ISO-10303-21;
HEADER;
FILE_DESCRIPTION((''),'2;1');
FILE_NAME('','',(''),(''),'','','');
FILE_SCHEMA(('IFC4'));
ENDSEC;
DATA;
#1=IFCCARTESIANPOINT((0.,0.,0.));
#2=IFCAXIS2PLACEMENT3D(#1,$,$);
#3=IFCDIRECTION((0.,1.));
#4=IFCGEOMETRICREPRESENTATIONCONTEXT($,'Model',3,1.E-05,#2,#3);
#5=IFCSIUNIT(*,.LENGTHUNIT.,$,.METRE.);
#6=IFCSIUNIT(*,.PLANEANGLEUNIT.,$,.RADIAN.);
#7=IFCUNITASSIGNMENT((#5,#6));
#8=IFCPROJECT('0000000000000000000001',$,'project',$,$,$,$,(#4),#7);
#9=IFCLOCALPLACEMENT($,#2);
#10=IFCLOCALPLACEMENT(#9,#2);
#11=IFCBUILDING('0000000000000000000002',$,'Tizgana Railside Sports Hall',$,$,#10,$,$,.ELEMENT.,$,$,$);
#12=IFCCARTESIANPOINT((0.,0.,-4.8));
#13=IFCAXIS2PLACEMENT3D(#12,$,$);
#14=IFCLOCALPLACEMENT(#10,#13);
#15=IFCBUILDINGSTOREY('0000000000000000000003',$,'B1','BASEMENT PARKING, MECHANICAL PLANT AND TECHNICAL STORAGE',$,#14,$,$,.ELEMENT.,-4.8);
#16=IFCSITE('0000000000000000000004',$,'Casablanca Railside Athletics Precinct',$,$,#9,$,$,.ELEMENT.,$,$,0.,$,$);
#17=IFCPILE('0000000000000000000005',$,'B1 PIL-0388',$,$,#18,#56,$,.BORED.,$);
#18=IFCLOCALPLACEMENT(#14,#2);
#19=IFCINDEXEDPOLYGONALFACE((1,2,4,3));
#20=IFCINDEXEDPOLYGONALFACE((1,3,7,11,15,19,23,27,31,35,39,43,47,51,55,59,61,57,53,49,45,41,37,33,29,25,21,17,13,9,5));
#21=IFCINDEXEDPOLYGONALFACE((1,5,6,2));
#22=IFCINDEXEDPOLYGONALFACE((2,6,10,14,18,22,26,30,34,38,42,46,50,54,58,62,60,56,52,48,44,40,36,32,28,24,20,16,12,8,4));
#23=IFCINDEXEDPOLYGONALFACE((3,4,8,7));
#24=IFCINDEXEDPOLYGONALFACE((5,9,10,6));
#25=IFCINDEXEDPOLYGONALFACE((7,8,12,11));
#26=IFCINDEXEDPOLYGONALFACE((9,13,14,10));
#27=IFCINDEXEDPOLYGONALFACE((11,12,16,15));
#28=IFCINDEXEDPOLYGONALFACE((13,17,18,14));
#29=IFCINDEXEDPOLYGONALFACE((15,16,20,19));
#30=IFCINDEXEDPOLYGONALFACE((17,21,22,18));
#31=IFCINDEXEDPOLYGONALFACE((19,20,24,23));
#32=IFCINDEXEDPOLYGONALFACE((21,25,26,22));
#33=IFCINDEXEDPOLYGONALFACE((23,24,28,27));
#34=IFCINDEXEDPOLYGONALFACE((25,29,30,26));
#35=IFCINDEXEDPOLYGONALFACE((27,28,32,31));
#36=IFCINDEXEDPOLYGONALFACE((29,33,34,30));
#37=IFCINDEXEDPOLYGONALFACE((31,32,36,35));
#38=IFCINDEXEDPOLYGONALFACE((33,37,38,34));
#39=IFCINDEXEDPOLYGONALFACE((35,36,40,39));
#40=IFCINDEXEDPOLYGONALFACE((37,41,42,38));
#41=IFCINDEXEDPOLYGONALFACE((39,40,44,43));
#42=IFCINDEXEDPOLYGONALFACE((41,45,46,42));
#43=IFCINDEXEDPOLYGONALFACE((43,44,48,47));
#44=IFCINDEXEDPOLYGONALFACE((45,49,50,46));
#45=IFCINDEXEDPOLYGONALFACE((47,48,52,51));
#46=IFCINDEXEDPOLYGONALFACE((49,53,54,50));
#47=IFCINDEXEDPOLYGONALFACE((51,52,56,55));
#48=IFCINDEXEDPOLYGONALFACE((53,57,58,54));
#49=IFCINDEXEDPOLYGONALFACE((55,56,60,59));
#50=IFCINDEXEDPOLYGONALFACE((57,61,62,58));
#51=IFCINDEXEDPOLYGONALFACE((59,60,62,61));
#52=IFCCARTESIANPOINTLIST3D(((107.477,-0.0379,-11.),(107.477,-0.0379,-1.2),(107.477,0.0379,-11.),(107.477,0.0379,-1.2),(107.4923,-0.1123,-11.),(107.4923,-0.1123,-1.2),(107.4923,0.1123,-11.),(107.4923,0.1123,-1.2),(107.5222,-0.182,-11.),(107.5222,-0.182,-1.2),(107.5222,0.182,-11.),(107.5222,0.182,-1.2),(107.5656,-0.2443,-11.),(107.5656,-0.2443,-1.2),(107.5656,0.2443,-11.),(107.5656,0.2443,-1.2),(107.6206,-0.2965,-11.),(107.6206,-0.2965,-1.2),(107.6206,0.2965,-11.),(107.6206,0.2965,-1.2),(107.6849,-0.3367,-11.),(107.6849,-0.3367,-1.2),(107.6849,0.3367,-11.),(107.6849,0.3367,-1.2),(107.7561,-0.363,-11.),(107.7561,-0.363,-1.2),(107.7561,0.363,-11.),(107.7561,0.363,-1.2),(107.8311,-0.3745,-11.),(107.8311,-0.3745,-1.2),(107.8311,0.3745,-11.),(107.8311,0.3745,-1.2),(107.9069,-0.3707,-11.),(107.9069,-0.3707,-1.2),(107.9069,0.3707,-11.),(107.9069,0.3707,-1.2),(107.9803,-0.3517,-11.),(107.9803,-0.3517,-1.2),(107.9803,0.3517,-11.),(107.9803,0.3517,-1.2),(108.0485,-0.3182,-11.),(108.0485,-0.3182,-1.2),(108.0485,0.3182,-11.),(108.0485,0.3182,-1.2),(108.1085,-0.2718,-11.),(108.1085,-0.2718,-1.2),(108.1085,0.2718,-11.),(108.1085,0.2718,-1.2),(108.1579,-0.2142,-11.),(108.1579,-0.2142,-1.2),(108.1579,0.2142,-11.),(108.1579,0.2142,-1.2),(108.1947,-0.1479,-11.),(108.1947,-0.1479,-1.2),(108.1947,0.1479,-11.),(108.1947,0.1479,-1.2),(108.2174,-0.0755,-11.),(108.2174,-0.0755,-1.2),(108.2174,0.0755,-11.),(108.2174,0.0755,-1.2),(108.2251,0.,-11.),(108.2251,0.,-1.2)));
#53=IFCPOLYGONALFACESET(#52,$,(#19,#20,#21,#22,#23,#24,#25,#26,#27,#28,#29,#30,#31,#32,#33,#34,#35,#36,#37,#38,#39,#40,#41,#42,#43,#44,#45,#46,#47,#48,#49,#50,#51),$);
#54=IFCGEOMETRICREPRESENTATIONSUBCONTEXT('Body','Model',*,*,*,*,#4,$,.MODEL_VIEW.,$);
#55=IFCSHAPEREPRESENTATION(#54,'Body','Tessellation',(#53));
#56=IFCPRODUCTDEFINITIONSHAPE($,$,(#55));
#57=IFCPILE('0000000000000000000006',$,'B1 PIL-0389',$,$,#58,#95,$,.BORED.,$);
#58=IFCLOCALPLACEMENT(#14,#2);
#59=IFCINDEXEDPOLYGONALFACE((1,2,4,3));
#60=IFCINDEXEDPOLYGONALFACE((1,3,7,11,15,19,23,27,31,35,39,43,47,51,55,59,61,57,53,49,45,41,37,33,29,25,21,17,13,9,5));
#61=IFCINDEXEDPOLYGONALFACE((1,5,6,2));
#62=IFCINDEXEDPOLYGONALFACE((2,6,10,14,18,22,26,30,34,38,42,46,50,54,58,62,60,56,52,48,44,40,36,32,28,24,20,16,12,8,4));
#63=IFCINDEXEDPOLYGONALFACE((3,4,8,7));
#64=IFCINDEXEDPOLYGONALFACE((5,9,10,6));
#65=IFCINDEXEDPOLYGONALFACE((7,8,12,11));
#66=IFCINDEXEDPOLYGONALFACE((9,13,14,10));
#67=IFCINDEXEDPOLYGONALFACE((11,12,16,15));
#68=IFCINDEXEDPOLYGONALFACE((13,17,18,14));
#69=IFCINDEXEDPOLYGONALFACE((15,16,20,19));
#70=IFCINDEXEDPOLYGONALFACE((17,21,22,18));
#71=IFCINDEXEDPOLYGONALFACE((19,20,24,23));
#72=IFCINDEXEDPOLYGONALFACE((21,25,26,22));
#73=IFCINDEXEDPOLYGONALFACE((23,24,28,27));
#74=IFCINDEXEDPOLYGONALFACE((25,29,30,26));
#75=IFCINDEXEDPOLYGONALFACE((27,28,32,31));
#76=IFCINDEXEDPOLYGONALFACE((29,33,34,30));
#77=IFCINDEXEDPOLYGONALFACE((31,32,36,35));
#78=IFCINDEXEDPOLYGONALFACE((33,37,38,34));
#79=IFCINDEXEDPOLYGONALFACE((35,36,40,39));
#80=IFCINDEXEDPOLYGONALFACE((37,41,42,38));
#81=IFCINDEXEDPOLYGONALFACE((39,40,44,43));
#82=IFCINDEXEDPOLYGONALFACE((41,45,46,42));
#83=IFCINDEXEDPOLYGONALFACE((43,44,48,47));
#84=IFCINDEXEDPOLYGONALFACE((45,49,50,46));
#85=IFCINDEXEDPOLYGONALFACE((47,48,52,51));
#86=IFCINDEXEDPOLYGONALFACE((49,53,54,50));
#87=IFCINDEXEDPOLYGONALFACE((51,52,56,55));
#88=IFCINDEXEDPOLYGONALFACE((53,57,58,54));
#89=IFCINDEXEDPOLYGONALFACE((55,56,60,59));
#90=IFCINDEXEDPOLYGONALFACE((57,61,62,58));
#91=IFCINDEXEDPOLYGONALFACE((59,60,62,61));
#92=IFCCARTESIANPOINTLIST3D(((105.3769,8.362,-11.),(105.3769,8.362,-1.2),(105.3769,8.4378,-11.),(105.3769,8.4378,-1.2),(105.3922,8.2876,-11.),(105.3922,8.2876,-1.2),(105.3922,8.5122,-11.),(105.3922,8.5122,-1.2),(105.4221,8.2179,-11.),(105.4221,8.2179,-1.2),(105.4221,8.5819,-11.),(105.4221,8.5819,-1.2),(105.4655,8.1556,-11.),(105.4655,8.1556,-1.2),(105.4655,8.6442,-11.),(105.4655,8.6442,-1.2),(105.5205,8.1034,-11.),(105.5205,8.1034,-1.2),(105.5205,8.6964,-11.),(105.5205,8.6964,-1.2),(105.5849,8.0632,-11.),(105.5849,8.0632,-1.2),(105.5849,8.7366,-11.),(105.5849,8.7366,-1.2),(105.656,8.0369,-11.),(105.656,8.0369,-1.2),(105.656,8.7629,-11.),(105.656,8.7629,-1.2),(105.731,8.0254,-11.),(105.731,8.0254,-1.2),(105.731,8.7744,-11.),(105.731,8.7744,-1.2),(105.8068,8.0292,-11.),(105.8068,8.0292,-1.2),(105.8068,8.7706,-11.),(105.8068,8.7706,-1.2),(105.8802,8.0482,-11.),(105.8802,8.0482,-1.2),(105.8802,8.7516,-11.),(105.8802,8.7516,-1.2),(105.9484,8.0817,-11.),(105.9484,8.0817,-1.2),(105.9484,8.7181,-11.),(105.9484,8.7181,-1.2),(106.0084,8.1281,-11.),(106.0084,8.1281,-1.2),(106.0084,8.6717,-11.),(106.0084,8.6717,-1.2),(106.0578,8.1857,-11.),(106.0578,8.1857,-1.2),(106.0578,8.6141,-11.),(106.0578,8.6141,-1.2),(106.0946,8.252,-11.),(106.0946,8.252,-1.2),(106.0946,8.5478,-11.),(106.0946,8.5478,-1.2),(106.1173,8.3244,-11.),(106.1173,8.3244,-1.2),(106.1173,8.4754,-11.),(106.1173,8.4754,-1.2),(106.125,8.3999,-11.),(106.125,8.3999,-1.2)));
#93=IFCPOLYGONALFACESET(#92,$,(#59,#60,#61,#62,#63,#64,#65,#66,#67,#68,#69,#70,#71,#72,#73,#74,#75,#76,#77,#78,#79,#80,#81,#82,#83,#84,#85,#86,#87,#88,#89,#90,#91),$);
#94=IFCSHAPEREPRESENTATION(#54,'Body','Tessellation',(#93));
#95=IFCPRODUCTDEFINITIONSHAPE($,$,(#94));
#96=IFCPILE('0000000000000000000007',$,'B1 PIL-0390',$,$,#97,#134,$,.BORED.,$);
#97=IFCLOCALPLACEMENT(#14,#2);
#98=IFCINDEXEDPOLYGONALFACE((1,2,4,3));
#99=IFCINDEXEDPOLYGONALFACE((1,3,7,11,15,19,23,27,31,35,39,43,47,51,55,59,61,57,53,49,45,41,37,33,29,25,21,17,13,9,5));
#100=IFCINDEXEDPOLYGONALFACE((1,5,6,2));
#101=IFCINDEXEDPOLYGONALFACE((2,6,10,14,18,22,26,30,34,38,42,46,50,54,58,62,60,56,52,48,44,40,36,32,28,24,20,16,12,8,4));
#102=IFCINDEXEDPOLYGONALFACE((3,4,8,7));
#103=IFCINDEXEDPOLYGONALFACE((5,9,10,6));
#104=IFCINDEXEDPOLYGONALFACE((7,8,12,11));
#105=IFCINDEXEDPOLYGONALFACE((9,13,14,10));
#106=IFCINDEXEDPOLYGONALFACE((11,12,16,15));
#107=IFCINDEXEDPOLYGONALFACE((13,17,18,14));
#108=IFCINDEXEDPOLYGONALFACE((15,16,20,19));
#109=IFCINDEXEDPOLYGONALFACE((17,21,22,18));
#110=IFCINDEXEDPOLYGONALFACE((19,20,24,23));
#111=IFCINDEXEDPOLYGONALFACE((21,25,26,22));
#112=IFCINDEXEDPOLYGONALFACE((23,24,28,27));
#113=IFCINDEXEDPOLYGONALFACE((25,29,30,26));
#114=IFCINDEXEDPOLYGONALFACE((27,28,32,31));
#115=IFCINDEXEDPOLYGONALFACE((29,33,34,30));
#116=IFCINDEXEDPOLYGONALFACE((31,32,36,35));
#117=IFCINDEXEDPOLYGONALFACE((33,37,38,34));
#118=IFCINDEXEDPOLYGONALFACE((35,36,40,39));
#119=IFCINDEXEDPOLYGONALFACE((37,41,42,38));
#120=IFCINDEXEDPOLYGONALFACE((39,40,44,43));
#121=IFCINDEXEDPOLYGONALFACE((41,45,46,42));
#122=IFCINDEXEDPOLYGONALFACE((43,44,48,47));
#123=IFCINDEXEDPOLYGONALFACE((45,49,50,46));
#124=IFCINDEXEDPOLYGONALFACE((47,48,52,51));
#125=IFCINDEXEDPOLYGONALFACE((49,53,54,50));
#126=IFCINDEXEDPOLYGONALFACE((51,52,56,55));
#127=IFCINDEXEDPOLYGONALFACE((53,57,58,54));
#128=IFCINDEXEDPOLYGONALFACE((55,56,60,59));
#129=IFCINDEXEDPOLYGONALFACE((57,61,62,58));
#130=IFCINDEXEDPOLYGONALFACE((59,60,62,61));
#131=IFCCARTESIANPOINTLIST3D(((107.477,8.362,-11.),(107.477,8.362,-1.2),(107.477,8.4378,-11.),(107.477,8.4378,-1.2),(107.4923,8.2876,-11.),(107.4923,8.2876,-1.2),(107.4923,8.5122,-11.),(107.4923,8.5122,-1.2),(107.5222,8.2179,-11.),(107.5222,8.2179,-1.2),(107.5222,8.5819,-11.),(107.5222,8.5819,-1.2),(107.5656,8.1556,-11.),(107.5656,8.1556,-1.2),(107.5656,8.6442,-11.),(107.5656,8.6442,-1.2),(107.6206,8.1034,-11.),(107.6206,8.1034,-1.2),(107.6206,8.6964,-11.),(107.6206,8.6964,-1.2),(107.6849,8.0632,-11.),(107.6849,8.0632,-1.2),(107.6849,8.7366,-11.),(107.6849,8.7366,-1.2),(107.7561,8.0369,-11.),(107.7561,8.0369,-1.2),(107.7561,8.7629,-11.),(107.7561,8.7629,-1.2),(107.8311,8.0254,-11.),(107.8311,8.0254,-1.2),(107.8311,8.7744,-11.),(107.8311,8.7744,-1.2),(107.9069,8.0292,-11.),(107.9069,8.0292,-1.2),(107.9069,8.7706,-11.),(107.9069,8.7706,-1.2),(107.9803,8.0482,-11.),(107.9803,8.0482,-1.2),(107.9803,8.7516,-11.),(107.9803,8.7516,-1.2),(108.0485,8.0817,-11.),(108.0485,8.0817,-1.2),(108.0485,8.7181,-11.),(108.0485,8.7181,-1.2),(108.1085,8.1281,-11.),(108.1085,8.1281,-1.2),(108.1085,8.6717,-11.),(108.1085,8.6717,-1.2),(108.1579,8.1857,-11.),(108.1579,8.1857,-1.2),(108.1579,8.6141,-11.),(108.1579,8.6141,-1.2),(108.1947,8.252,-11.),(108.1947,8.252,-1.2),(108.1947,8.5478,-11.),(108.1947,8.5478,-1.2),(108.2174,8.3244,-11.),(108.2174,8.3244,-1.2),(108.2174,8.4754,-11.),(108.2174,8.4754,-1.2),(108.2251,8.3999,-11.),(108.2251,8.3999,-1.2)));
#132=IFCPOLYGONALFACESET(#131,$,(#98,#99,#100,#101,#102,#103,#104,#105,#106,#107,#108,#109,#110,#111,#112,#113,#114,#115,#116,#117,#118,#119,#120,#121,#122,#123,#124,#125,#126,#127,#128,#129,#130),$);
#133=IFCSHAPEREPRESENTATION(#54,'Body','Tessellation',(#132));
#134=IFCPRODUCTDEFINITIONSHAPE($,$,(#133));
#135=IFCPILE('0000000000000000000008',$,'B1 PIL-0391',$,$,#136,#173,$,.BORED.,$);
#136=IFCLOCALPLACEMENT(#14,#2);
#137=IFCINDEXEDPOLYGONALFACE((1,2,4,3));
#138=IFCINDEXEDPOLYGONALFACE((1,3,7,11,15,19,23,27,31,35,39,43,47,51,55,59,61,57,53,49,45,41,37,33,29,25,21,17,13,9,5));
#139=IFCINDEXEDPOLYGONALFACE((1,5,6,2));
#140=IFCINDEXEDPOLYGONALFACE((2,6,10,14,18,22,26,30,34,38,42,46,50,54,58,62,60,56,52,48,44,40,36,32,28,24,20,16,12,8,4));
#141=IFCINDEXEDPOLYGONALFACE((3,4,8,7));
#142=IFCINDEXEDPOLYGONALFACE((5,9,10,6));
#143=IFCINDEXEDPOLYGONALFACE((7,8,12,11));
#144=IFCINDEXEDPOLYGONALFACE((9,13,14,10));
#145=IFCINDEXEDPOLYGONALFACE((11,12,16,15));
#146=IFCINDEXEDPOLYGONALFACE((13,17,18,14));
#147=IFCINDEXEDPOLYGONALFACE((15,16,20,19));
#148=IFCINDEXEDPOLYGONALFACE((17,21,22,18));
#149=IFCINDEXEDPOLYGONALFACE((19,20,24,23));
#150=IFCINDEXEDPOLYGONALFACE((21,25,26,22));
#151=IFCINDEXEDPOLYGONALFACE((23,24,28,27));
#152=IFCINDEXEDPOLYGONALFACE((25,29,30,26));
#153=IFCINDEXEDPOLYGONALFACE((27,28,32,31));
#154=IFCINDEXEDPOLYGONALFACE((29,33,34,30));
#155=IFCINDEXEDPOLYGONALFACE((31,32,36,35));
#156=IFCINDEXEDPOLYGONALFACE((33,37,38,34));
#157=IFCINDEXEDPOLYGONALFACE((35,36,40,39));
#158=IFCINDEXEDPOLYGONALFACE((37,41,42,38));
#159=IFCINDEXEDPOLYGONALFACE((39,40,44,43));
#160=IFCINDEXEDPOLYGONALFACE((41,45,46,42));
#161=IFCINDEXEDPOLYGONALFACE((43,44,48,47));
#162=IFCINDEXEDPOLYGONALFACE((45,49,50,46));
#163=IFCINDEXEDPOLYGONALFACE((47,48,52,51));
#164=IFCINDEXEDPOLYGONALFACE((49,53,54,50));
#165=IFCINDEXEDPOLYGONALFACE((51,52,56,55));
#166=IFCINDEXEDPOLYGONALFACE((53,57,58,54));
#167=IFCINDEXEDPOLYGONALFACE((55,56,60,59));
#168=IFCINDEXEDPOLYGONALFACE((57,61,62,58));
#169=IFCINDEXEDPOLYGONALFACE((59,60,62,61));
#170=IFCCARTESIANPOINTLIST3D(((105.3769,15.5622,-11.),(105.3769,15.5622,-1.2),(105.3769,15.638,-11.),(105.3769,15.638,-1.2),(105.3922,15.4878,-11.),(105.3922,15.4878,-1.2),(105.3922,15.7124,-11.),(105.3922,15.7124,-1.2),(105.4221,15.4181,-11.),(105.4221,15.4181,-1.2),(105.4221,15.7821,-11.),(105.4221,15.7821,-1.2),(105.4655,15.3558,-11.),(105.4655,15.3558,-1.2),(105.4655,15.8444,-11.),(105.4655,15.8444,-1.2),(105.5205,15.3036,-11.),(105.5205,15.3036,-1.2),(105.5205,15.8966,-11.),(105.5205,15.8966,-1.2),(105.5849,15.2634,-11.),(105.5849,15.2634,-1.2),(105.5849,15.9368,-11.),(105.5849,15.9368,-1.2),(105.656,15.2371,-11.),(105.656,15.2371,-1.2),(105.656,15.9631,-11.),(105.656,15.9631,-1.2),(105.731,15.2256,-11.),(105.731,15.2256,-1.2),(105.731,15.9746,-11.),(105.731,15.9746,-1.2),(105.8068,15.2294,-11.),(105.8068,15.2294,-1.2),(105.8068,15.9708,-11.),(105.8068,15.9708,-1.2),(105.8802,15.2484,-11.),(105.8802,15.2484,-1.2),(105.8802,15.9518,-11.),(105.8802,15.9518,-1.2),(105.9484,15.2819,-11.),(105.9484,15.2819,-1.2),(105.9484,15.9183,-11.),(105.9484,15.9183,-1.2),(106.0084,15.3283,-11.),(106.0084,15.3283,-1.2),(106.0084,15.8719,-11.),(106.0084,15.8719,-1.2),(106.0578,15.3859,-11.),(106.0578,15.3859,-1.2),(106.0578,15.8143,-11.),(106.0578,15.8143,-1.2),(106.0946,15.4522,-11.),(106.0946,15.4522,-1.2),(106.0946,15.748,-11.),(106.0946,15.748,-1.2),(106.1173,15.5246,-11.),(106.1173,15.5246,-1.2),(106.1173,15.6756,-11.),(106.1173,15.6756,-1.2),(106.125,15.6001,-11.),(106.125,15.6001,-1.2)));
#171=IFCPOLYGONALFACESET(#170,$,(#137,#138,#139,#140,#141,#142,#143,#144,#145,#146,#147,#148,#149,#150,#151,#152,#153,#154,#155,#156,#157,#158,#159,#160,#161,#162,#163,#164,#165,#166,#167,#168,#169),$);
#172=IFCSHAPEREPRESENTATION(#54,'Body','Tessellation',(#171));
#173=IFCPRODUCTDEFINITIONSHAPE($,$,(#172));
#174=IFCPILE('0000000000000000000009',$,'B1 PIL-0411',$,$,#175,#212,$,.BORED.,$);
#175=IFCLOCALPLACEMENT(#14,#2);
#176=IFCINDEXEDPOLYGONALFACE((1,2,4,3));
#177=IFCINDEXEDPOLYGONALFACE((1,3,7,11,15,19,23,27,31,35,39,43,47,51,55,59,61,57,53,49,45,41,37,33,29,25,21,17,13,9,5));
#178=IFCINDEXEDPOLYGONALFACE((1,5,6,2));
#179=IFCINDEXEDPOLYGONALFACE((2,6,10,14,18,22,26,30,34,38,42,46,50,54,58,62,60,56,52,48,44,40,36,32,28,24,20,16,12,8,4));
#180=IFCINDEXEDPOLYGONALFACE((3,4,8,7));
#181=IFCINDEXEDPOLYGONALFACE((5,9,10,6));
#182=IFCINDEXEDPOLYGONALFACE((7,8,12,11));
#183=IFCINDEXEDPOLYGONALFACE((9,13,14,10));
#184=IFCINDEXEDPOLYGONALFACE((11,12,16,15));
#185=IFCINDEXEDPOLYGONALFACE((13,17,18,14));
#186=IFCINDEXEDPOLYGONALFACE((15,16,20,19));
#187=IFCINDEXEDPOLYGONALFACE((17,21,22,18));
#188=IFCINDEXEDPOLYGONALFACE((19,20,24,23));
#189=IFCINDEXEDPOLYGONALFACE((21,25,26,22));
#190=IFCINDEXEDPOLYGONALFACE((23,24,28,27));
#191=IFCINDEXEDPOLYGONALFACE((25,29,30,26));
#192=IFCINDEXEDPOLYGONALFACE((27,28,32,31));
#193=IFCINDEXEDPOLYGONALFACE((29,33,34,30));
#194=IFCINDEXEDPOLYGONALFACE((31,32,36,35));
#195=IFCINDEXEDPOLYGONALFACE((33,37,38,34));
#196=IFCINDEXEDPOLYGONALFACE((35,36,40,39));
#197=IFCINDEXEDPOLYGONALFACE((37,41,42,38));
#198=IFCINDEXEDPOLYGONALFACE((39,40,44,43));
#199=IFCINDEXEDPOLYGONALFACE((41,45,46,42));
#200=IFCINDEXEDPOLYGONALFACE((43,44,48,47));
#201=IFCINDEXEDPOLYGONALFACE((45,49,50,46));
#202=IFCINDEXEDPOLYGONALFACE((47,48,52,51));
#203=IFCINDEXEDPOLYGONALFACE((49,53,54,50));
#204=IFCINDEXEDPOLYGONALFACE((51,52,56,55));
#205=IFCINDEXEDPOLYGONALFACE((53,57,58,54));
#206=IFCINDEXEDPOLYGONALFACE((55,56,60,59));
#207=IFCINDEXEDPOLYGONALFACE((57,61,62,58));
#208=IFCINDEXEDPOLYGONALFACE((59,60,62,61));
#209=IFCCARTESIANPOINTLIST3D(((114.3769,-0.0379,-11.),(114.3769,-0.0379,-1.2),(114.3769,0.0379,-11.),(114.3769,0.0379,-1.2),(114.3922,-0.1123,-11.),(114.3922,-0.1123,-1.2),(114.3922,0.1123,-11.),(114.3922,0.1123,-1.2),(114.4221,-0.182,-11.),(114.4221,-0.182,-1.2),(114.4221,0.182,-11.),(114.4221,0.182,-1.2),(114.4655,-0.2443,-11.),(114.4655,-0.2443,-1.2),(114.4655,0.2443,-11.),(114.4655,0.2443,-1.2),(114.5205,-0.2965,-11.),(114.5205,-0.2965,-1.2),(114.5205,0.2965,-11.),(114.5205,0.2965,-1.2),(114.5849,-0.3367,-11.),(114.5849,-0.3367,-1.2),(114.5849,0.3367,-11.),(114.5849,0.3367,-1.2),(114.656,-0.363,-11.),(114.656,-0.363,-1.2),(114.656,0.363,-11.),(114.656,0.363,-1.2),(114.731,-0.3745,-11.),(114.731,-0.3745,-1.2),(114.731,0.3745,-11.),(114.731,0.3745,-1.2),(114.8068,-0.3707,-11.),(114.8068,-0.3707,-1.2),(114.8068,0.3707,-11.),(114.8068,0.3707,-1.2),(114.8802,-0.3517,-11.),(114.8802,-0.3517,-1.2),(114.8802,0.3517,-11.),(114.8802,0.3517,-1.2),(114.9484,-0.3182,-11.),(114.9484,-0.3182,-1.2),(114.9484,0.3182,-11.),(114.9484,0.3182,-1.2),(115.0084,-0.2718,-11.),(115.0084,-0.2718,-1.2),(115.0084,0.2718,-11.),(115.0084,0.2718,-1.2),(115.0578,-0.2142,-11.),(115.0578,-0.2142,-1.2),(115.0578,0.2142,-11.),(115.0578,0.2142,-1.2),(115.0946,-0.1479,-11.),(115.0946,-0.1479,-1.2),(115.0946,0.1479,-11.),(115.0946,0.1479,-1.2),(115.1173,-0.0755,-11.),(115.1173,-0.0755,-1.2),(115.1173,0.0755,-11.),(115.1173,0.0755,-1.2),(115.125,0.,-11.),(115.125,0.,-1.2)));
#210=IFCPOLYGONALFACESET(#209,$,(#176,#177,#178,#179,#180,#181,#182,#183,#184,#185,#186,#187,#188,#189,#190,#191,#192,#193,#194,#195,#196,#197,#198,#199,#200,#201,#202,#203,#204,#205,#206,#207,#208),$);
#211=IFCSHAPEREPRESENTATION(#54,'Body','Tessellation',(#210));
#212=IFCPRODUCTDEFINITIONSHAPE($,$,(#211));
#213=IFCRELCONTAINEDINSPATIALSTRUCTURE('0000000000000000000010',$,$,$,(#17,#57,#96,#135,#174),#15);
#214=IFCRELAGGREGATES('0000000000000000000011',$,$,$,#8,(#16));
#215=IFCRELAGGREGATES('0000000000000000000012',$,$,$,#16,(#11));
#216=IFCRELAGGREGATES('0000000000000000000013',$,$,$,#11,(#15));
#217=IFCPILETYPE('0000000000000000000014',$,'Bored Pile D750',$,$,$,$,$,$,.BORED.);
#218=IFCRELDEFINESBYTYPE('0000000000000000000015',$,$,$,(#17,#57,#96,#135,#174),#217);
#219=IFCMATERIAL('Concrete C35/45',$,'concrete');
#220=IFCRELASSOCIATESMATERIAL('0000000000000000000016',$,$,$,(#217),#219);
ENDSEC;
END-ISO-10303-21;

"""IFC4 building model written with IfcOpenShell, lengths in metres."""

from ifc_helpers import new_model, si_unit, direction, frame, origin, origin_2d, place, context, subcontext, project, spatial, circle, extrude, material, material_profile, profile_set, type_object, element, save


model = new_model("IFC4")

# Units and contexts
model_context = context("Model", 3, precision=1e-05, world=origin(), true_north=direction((0.0, 1.0)))
body_context = subcontext(model_context, "Body", "Model", "MODEL_VIEW")
ifc_project = project(units=[si_unit("LENGTHUNIT", "METRE"), si_unit("PLANEANGLEUNIT", "RADIAN")], contexts=[model_context])

# Site, building, storey
site_placement = place(None, origin())
site = spatial("IfcSite", under=ifc_project, at=site_placement, Name="Casablanca Railside Athletics Precinct", CompositionType="ELEMENT", RefElevation=0.0)
building_placement = place(site_placement, origin())
building = spatial("IfcBuilding", under=site, at=building_placement, Name="Tizgana Railside Sports Hall", CompositionType="ELEMENT")
storey_placement = place(building_placement, frame((0.0, 0.0, -4.8)))
storey = spatial("IfcBuildingStorey", under=building, at=storey_placement, Name="B1", Description="BASEMENT PARKING, MECHANICAL PLANT AND TECHNICAL STORAGE", CompositionType="ELEMENT", Elevation=-4.8)

# Piles
ifc_material_1 = material(Name="Concrete C35/45", Category="concrete")
ifc_material_profile_1 = material_profile(ifc_material_1, circle(Radius=0.375, at=origin_2d()), Name="PILE D750")
ifc_profile_set_1 = profile_set([ifc_material_profile_1], Name="Concrete C35/45")
pile_type = type_object("IfcPileType", Name="Bored Pile D750", PredefinedType="BORED", material=ifc_profile_set_1)
for number, where, z_axis, x_axis, name in (
    (1, (107.8501, 0.0, -1.2), (0.0, 0.0, -1.0), (1.0, 0.0, 0.0), "B1 PIL-0388"),
    (2, (105.75, 8.3999, -1.2), (0.0, 0.0, -1.0), (1.0, 0.0, 0.0), "B1 PIL-0389"),
    (3, (107.8501, 8.3999, -1.2), (0.0, 0.0, -1.0), (1.0, 0.0, 0.0), "B1 PIL-0390"),
    (4, (105.75, 15.6001, -1.2), (0.0, 0.0, -1.0), (1.0, 0.0, 0.0), "B1 PIL-0391"),
    (5, (114.75, 0.0, -1.2), (0.0, 0.0, -1.0), (1.0, 0.0, 0.0), "B1 PIL-0411"),
):
    element("IfcPile", number, at=place(storey_placement, frame(where, z_axis=z_axis, x_axis=x_axis)), inside=storey, type_object=pile_type, Name=name, PredefinedType="BORED", context=body_context, shape_type="SweptSolid", body=[
        extrude(circle(Radius=0.375, at=origin_2d()), origin(), (0.0, 0.0, 1.0), 9.8),
    ])

save(model, "model.ifc")
